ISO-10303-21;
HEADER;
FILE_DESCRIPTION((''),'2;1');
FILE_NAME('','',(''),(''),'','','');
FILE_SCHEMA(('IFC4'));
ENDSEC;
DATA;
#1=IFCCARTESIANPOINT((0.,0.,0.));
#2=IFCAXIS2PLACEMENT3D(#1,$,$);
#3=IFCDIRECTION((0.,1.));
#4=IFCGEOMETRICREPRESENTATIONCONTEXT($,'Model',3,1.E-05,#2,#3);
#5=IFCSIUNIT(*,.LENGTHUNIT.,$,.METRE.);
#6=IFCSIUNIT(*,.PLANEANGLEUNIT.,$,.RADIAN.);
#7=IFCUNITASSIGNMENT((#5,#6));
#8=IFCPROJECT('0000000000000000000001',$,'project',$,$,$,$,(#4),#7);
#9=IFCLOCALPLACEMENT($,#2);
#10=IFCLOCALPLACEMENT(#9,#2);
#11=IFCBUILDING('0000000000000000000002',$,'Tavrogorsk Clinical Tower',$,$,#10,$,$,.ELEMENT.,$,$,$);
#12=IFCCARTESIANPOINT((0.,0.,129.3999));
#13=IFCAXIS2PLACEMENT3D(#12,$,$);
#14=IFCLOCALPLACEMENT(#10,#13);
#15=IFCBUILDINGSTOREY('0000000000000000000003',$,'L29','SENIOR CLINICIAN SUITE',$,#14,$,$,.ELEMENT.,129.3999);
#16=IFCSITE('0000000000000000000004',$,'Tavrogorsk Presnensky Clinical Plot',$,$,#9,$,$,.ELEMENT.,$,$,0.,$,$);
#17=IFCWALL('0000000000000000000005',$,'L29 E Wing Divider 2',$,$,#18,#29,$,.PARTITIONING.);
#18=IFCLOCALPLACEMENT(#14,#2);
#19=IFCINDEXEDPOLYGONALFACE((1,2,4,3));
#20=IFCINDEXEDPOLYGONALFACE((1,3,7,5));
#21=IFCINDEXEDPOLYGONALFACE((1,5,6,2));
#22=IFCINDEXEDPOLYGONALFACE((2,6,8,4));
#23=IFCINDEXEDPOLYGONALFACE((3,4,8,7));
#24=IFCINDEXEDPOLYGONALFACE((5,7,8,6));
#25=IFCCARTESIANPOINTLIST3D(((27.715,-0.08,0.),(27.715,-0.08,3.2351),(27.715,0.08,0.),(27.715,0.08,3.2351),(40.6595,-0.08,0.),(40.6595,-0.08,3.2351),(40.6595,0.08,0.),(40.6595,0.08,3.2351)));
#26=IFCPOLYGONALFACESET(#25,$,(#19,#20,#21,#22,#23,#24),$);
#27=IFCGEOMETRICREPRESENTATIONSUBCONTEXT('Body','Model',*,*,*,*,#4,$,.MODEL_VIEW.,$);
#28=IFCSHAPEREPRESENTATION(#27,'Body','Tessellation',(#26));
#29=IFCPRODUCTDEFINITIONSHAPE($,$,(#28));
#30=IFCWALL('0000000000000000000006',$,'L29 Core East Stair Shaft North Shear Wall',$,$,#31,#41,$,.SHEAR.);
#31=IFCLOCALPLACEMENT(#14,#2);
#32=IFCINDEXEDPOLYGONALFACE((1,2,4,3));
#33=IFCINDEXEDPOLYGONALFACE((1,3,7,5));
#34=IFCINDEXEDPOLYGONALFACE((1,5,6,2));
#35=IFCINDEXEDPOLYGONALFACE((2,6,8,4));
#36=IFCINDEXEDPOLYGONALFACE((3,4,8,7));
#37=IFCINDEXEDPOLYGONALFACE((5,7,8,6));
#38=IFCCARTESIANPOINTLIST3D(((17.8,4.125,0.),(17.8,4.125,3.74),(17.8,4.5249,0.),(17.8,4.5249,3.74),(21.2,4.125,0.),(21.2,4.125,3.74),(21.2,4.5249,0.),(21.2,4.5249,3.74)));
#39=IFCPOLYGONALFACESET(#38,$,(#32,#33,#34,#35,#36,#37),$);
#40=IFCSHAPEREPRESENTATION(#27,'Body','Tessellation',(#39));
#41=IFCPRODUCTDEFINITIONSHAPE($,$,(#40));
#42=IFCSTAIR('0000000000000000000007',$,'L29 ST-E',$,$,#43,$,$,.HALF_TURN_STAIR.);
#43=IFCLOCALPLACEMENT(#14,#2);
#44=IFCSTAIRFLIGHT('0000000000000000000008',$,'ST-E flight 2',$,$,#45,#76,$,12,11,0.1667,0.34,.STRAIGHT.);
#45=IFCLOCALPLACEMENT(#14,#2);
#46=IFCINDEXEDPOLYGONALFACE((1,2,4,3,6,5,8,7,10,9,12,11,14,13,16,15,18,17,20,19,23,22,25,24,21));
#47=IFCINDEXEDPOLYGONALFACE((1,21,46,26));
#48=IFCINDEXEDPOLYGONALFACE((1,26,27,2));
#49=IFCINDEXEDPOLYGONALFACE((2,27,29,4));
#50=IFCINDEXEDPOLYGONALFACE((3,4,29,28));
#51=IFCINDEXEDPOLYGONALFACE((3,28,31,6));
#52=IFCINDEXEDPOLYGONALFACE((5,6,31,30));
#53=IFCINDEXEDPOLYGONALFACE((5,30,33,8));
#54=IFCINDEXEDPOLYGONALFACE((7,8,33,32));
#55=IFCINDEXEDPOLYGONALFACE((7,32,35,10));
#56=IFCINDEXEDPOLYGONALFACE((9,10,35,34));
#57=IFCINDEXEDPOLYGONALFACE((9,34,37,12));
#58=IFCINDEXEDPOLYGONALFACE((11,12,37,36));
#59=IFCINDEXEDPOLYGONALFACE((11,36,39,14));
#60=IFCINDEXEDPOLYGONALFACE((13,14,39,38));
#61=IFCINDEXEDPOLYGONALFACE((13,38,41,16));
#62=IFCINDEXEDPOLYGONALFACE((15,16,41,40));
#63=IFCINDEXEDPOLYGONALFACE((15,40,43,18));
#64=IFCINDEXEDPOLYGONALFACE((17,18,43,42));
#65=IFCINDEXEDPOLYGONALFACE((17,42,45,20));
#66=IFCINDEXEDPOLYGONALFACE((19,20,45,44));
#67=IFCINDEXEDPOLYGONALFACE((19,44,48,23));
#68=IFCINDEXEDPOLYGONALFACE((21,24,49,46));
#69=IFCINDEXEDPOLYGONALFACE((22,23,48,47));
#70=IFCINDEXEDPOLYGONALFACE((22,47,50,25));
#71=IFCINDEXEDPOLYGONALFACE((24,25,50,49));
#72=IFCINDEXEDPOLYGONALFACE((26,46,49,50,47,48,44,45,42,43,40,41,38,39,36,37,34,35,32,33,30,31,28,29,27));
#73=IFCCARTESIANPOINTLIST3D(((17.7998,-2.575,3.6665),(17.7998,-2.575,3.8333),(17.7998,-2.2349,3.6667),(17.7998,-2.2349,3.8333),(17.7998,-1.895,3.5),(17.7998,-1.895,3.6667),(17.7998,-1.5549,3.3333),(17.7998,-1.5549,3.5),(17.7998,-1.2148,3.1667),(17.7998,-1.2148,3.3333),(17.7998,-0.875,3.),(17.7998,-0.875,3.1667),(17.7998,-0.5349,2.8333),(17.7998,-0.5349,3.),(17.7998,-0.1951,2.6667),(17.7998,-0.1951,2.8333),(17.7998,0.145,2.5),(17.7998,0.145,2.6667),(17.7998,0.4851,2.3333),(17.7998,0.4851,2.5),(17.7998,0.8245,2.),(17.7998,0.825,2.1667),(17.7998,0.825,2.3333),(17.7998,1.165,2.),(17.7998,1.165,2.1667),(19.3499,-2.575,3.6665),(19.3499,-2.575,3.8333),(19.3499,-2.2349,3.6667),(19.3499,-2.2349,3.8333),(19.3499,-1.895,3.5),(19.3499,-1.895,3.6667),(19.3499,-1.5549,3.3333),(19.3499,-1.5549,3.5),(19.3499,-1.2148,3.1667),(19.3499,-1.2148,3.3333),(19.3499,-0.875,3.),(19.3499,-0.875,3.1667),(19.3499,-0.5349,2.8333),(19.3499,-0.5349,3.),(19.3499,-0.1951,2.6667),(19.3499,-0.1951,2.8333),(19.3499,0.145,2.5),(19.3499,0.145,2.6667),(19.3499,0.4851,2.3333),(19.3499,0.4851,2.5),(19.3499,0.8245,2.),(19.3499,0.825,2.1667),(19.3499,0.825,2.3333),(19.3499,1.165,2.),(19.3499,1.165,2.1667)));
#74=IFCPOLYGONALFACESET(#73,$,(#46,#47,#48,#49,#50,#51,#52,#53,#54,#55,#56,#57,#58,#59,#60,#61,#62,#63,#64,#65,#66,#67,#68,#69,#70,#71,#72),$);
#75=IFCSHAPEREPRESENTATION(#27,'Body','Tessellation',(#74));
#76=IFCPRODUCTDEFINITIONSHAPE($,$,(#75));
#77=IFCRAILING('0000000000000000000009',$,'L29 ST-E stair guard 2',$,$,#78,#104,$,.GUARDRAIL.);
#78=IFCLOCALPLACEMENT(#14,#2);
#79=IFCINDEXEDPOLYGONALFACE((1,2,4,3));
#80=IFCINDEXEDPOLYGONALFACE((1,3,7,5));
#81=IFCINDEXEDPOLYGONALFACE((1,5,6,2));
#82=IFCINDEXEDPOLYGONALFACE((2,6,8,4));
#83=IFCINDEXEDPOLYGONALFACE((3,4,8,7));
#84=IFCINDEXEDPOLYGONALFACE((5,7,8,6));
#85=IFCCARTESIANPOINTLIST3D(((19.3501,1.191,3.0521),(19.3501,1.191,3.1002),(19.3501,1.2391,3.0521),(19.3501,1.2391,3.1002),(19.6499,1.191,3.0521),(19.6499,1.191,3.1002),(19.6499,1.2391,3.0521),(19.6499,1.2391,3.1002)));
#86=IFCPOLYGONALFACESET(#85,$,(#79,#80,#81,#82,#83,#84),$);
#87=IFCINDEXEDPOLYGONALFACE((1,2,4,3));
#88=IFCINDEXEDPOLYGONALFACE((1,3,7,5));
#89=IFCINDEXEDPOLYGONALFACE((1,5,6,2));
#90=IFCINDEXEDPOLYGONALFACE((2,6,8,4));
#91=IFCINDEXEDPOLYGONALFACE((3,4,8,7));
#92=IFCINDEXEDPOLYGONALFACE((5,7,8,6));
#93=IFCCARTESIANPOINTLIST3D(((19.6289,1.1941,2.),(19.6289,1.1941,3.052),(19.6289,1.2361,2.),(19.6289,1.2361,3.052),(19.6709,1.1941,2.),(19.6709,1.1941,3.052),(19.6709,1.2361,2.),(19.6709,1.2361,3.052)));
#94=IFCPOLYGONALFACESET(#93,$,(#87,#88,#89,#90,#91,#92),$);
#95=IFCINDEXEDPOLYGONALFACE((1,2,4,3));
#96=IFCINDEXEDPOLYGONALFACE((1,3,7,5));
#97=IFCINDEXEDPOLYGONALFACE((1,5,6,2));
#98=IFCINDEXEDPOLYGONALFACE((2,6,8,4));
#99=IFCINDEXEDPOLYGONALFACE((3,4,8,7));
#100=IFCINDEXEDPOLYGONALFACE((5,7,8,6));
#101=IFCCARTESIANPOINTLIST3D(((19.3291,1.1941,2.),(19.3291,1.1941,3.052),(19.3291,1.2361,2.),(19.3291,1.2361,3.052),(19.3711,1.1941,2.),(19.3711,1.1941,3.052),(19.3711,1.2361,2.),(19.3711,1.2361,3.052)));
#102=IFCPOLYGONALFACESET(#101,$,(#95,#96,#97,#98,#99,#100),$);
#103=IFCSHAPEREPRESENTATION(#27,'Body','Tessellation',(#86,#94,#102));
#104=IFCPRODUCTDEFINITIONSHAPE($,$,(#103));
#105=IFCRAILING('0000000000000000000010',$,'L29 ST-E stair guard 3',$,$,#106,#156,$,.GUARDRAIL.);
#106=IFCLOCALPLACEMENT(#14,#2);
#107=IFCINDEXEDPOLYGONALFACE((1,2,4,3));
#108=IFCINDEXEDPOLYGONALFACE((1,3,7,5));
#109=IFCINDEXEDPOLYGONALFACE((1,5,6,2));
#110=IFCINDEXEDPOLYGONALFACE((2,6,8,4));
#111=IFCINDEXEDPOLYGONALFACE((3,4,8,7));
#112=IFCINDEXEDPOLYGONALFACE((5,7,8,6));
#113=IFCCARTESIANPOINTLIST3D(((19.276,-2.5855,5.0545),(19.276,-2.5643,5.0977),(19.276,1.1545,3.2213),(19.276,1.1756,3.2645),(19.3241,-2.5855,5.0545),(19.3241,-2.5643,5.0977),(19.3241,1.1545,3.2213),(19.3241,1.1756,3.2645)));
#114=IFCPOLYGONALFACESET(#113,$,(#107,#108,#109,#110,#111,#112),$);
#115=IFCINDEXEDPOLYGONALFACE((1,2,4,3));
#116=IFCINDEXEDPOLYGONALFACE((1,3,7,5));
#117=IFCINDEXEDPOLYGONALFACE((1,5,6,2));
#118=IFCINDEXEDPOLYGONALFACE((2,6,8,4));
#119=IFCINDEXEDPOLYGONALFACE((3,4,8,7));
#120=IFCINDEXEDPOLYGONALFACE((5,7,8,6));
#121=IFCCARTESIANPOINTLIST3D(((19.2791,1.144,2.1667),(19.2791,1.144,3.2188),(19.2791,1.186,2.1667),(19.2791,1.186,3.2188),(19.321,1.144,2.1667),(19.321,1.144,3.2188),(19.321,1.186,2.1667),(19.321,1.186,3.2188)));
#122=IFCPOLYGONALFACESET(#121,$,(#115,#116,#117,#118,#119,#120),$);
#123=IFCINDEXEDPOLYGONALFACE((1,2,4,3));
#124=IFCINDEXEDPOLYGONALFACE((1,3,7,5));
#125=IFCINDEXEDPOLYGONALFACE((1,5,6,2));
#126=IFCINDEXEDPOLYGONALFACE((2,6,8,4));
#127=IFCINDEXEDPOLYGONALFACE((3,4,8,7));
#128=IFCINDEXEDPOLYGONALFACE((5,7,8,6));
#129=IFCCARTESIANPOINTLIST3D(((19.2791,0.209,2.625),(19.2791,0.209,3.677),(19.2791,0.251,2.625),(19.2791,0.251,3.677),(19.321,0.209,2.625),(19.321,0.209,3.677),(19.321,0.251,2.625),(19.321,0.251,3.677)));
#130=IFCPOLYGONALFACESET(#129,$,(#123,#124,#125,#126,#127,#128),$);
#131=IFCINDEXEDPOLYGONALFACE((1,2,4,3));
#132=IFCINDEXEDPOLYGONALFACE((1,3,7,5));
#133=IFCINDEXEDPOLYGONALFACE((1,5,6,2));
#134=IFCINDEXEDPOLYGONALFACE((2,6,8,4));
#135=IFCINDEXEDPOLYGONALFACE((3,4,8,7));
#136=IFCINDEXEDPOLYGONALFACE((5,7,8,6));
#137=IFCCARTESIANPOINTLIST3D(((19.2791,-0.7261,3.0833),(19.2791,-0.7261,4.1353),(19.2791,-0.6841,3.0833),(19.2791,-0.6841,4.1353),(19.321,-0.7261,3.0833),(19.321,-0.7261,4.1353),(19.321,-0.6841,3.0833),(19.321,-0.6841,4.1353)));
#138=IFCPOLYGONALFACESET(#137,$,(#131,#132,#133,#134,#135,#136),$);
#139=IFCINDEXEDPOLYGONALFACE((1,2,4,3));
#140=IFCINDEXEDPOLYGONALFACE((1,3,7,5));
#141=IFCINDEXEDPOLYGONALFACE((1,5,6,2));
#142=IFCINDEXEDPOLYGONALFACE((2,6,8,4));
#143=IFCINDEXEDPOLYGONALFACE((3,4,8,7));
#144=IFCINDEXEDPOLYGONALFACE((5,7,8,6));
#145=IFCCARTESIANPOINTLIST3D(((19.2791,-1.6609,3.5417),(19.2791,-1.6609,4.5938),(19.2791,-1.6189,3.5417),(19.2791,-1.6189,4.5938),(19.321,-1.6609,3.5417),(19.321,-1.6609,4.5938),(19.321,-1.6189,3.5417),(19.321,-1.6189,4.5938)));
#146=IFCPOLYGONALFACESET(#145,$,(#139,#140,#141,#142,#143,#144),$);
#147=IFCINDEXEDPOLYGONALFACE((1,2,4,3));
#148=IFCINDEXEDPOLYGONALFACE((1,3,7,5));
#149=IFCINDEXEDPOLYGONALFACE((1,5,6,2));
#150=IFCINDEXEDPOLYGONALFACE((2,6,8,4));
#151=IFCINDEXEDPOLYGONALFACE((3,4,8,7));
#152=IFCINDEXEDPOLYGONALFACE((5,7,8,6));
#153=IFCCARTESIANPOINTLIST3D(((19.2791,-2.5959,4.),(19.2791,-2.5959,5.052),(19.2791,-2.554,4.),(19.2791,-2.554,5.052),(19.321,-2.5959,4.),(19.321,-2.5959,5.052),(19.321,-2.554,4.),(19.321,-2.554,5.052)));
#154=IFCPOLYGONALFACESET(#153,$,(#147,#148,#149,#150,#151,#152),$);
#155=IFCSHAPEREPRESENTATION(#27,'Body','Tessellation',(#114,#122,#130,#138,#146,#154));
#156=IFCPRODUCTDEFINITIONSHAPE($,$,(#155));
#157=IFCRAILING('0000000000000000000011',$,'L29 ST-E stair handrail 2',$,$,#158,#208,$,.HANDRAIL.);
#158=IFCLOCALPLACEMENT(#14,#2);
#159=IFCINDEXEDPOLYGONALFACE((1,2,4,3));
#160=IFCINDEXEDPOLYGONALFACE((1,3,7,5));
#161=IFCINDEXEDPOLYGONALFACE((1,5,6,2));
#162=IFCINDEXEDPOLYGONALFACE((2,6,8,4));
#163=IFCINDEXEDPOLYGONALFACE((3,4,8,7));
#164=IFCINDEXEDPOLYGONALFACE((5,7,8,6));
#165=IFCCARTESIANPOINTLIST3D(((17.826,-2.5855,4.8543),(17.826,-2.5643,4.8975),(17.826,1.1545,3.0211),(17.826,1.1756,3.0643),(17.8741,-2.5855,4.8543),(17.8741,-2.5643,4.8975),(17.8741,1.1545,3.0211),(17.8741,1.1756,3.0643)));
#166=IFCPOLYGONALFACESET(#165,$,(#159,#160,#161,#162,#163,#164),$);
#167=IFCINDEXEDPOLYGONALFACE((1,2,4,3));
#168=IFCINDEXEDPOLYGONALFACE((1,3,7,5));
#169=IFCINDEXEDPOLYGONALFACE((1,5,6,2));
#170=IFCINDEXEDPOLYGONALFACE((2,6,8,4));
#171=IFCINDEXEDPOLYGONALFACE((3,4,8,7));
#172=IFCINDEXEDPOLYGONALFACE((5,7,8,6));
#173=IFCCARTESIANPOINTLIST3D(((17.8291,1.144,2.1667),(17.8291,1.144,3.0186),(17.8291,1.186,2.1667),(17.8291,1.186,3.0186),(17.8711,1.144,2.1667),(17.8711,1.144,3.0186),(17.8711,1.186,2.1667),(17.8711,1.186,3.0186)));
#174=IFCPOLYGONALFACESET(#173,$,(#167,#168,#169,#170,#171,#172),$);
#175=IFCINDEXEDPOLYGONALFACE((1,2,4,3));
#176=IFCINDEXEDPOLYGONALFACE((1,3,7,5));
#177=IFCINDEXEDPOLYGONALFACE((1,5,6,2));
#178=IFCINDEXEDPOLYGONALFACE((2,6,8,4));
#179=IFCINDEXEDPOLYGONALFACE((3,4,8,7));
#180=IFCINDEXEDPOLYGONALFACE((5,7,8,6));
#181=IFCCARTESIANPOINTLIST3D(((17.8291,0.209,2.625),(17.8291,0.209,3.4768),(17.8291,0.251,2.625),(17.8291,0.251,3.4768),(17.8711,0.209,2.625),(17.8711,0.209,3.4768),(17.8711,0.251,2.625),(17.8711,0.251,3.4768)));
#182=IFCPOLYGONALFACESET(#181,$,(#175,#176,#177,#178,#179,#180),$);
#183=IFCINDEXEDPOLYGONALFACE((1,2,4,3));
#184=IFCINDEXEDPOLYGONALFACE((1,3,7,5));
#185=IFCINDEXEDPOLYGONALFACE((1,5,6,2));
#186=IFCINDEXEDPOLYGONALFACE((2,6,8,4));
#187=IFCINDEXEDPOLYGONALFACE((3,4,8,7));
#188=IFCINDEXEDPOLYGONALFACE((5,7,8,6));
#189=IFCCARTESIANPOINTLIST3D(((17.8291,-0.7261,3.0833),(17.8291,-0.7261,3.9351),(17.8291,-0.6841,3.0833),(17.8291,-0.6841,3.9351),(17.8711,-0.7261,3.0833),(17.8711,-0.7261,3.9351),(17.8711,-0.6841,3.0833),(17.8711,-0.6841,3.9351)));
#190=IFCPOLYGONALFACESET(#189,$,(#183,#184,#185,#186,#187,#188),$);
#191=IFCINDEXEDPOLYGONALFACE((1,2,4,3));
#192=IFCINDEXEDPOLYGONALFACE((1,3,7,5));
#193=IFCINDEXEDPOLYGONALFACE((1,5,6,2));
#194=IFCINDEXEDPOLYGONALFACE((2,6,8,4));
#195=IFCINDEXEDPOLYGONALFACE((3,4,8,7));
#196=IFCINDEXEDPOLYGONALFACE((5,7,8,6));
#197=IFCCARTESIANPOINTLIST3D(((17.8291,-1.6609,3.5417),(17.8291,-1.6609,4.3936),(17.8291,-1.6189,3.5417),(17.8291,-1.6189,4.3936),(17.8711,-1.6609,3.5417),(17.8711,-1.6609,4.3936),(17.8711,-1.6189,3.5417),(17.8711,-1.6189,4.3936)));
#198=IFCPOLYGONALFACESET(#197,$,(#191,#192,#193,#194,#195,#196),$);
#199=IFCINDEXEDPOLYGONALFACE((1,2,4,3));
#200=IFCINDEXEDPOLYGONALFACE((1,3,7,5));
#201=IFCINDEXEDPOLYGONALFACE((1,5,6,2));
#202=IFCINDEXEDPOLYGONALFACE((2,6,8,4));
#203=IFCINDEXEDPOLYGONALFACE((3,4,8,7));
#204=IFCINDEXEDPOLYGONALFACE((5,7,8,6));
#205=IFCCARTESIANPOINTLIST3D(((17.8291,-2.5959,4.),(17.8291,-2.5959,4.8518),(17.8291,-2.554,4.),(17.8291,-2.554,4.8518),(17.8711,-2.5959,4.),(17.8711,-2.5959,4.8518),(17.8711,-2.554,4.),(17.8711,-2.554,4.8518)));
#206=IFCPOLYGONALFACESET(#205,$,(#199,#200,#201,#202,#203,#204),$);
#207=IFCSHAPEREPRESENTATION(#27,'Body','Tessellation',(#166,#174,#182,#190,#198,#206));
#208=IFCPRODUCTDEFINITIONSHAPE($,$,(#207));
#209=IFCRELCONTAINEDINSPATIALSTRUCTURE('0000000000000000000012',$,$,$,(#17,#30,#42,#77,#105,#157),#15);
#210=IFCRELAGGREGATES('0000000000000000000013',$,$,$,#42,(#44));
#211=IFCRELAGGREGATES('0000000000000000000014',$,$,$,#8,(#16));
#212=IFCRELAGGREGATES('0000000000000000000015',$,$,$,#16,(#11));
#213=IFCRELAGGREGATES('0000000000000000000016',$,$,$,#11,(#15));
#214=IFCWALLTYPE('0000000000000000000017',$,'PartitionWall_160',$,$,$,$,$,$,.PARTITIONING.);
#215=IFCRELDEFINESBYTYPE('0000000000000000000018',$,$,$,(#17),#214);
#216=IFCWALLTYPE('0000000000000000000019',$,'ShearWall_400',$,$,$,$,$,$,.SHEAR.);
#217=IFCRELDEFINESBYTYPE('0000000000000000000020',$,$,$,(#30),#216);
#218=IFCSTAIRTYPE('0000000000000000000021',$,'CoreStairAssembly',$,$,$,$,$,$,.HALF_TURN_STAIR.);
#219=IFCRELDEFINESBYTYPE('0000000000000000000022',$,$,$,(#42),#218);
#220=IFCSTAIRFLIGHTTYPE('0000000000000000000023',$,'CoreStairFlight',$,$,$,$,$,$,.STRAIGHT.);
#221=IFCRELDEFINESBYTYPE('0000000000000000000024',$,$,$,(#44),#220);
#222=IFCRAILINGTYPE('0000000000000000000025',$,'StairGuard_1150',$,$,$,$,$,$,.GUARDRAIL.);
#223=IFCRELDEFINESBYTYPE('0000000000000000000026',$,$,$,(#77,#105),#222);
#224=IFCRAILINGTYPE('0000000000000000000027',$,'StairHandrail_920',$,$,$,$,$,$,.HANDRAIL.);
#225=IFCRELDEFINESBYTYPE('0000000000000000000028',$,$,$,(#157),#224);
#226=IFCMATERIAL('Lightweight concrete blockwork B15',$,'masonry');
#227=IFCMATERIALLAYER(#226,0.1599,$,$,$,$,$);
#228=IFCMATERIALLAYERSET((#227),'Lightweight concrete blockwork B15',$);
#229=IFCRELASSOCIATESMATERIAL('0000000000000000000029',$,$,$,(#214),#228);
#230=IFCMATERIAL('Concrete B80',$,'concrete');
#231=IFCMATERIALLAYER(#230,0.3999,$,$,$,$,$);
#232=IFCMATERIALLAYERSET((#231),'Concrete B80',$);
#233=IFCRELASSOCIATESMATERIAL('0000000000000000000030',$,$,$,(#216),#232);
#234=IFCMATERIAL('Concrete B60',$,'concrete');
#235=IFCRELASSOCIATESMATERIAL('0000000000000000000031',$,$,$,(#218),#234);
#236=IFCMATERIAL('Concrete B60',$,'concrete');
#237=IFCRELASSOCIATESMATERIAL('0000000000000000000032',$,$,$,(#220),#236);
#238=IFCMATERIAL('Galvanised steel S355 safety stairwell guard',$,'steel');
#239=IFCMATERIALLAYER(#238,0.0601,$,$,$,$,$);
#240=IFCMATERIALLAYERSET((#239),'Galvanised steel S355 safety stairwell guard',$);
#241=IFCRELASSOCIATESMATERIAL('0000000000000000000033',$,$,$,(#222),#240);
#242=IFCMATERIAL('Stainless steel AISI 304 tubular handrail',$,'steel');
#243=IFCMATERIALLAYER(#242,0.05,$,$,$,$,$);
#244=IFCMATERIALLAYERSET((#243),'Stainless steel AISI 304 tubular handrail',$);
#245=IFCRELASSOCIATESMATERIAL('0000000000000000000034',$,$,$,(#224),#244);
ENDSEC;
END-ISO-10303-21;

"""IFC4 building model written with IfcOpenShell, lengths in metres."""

from ifc_helpers import new_model, si_unit, direction, frame, frame_2d, origin, origin_2d, place, context, subcontext, project, spatial, polyline, rectangle, outline, extrude, material, layer, layer_set, type_object, element, aggregate, save


model = new_model("IFC4")

# Units and contexts
model_context = context("Model", 3, precision=1e-05, world=origin(), true_north=direction((0.0, 1.0)))
body_context = subcontext(model_context, "Body", "Model", "MODEL_VIEW")
ifc_project = project(units=[si_unit("LENGTHUNIT", "METRE"), si_unit("PLANEANGLEUNIT", "RADIAN")], contexts=[model_context])

# Site, building, storey
site_placement = place(None, origin())
site = spatial("IfcSite", under=ifc_project, at=site_placement, Name="Tavrogorsk Presnensky Clinical Plot", CompositionType="ELEMENT", RefElevation=0.0)
building_placement = place(site_placement, origin())
building = spatial("IfcBuilding", under=site, at=building_placement, Name="Tavrogorsk Clinical Tower", CompositionType="ELEMENT")
storey_placement = place(building_placement, frame((0.0, 0.0, 129.3999)))
storey = spatial("IfcBuildingStorey", under=building, at=storey_placement, Name="L29", Description="SENIOR CLINICIAN SUITE", CompositionType="ELEMENT", Elevation=129.3999)

# Shared definitions
ifc_material_1 = material(Name="Lightweight concrete blockwork B15", Category="masonry")
ifc_layer_1 = layer(ifc_material_1, 0.1599)
ifc_layer_set_1 = layer_set([ifc_layer_1], Name="Lightweight concrete blockwork B15")
wall_type_1 = type_object("IfcWallType", Name="PartitionWall_160", PredefinedType="PARTITIONING", material=ifc_layer_set_1)

# Walls
wall_1_placement = place(storey_placement, frame((27.7151, 0.0, 0.0), z_axis=(0.0, 0.0, 1.0), x_axis=(1.0, 0.0, 0.0)))
element("IfcWall", 1, at=wall_1_placement, inside=storey, type_object=wall_type_1, Name="L29 E Wing Divider 2", PredefinedType="PARTITIONING", context=body_context, shape_type="SweptSolid", body=[
    extrude(rectangle(XDim=12.9446, YDim=0.1599, at=frame_2d((6.4722, 0.0))), origin(), (0.0, 0.0, 1.0), 3.2351),
])
ifc_material_2 = material(Name="Concrete B80", Category="concrete")
ifc_layer_2 = layer(ifc_material_2, 0.3999)
ifc_layer_set_2 = layer_set([ifc_layer_2], Name="Concrete B80")
wall_type_2 = type_object("IfcWallType", Name="ShearWall_400", PredefinedType="SHEAR", material=ifc_layer_set_2)
wall_2_placement = place(storey_placement, frame((17.8, 4.325, 0.0), z_axis=(0.0, 0.0, 1.0), x_axis=(1.0, 0.0, 0.0)))
element("IfcWall", 2, at=wall_2_placement, inside=storey, type_object=wall_type_2, Name="L29 Core East Stair Shaft North Shear Wall", PredefinedType="SHEAR", context=body_context, shape_type="SweptSolid", body=[
    extrude(rectangle(XDim=3.3999, YDim=0.3999, at=frame_2d((1.7, 0.0))), origin(), (0.0, 0.0, 1.0), 3.74),
])

# Stair, stair flight
ifc_material_3 = material(Name="Concrete B60", Category="concrete")
stair_type = type_object("IfcStairType", Name="CoreStairAssembly", PredefinedType="HALF_TURN_STAIR", material=ifc_material_3)
stair_placement = place(storey_placement, origin())
stair = element("IfcStair", 3, at=stair_placement, inside=storey, type_object=stair_type, Name="L29 ST-E", PredefinedType="HALF_TURN_STAIR")
ifc_material_4 = material(Name="Concrete B60", Category="concrete")
stair_flight_type = type_object("IfcStairFlightType", Name="CoreStairFlight", PredefinedType="STRAIGHT", material=ifc_material_4)
stair_flight_placement = place(storey_placement, frame((18.575, 1.165, 2.0), z_axis=(0.0, 0.0, 1.0), x_axis=(0.0, -1.0, 0.0)))
stair_flight = element("IfcStairFlight", 4, at=stair_flight_placement, type_object=stair_flight_type, Name="ST-E flight 2", NumberOfRisers=12, NumberOfTreads=11, PredefinedType="STRAIGHT", RiserHeight=0.1667, TreadLength=0.34, context=body_context, shape_type="SweptSolid", body=[
    extrude(outline(polyline([(0.0, 0.0), (0.0, 0.1667), (0.3401, 0.1667), (0.3401, 0.3333), (0.6799, 0.3333), (0.6799, 0.5), (1.02, 0.5), (1.02, 0.6667), (1.3601, 0.6667), (1.3601, 0.8333), (1.7, 0.8333), (1.7, 1.0), (2.04, 1.0), (2.04, 1.1667), (2.3799, 1.1667), (2.3799, 1.3333), (2.72, 1.3333), (2.72, 1.5), (3.0601, 1.5), (3.0601, 1.6667), (3.3999, 1.6667), (3.3999, 1.8333), (3.74, 1.8333), (3.74, 2.0), (3.74, 1.6665), (0.3406, 0.0), (0.0, 0.0)])), frame((0.0, 0.7749, 0.0), z_axis=(0.0, -1.0, 0.0), x_axis=(1.0, 0.0, 0.0)), (0.0, 0.0, 1.0), 1.55),
])
aggregate(stair, [stair_flight])

# Railings
ifc_material_5 = material(Name="Galvanised steel S355 safety stairwell guard", Category="steel")
ifc_layer_3 = layer(ifc_material_5, 0.0601)
ifc_layer_set_3 = layer_set([ifc_layer_3], Name="Galvanised steel S355 safety stairwell guard")
railing_type_1 = type_object("IfcRailingType", Name="StairGuard_1150", PredefinedType="GUARDRAIL", material=ifc_layer_set_3)
railing_1_placement = place(storey_placement, frame((19.6499, 1.2151, 2.0)))
element("IfcRailing", 5, at=railing_1_placement, inside=storey, type_object=railing_type_1, Name="L29 ST-E stair guard 2", PredefinedType="GUARDRAIL", context=body_context, shape_type="SweptSolid", body=[
    extrude(rectangle(XDim=0.0481, YDim=0.0481, at=origin_2d()), frame((0.0, 0.0, 1.0762), z_axis=(-1.0, 0.0, 0.0), x_axis=(0.0, -1.0, 0.0)), (0.0, 0.0, 1.0), 0.2998),
    extrude(rectangle(XDim=0.042, YDim=0.042, at=origin_2d()), origin(), (0.0, 0.0, 1.0), 1.052),
    extrude(rectangle(XDim=0.042, YDim=0.042, at=origin_2d()), frame((-0.2998, 0.0, 0.0)), (0.0, 0.0, 1.0), 1.052),
])
railing_2_placement = place(storey_placement, frame((19.3, 1.165, 2.1667)))
element("IfcRailing", 6, at=railing_2_placement, inside=storey, type_object=railing_type_1, Name="L29 ST-E stair guard 3", PredefinedType="GUARDRAIL", context=body_context, shape_type="SweptSolid", body=[
    extrude(rectangle(XDim=0.0481, YDim=0.0481, at=origin_2d()), frame((0.0, 0.0, 1.0762), z_axis=(0.0, -0.897928, 0.440142), x_axis=(1.0, 0.0, 0.0)), (0.0, 0.0, 1.0), 4.165),
    extrude(rectangle(XDim=0.042, YDim=0.042, at=origin_2d()), origin(), (0.0, 0.0, 1.0), 1.052),
    extrude(rectangle(XDim=0.042, YDim=0.042, at=origin_2d()), frame((0.0, -0.9351, 0.4583)), (0.0, 0.0, 1.0), 1.052),
    extrude(rectangle(XDim=0.042, YDim=0.042, at=origin_2d()), frame((0.0, -1.8701, 0.9165)), (0.0, 0.0, 1.0), 1.052),
    extrude(rectangle(XDim=0.042, YDim=0.042, at=origin_2d()), frame((0.0, -2.8049, 1.375)), (0.0, 0.0, 1.0), 1.052),
    extrude(rectangle(XDim=0.042, YDim=0.042, at=origin_2d()), frame((0.0, -3.74, 1.8333)), (0.0, 0.0, 1.0), 1.052),
])
ifc_material_6 = material(Name="Stainless steel AISI 304 tubular handrail", Category="steel")
ifc_layer_4 = layer(ifc_material_6, 0.05)
ifc_layer_set_4 = layer_set([ifc_layer_4], Name="Stainless steel AISI 304 tubular handrail")
railing_type_2 = type_object("IfcRailingType", Name="StairHandrail_920", PredefinedType="HANDRAIL", material=ifc_layer_set_4)
railing_3_placement = place(storey_placement, frame((17.8501, 1.165, 2.1667)))
element("IfcRailing", 7, at=railing_3_placement, inside=storey, type_object=railing_type_2, Name="L29 ST-E stair handrail 2", PredefinedType="HANDRAIL", context=body_context, shape_type="SweptSolid", body=[
    extrude(rectangle(XDim=0.0481, YDim=0.0481, at=origin_2d()), frame((0.0, 0.0, 0.876), z_axis=(0.0, -0.897928, 0.440142), x_axis=(1.0, 0.0, 0.0)), (0.0, 0.0, 1.0), 4.165),
    extrude(rectangle(XDim=0.042, YDim=0.042, at=origin_2d()), origin(), (0.0, 0.0, 1.0), 0.8518),
    extrude(rectangle(XDim=0.042, YDim=0.042, at=origin_2d()), frame((0.0, -0.9351, 0.4583)), (0.0, 0.0, 1.0), 0.8518),
    extrude(rectangle(XDim=0.042, YDim=0.042, at=origin_2d()), frame((0.0, -1.8701, 0.9165)), (0.0, 0.0, 1.0), 0.8518),
    extrude(rectangle(XDim=0.042, YDim=0.042, at=origin_2d()), frame((0.0, -2.8049, 1.375)), (0.0, 0.0, 1.0), 0.8518),
    extrude(rectangle(XDim=0.042, YDim=0.042, at=origin_2d()), frame((0.0, -3.74, 1.8333)), (0.0, 0.0, 1.0), 0.8518),
])

save(model, "model.ifc")
